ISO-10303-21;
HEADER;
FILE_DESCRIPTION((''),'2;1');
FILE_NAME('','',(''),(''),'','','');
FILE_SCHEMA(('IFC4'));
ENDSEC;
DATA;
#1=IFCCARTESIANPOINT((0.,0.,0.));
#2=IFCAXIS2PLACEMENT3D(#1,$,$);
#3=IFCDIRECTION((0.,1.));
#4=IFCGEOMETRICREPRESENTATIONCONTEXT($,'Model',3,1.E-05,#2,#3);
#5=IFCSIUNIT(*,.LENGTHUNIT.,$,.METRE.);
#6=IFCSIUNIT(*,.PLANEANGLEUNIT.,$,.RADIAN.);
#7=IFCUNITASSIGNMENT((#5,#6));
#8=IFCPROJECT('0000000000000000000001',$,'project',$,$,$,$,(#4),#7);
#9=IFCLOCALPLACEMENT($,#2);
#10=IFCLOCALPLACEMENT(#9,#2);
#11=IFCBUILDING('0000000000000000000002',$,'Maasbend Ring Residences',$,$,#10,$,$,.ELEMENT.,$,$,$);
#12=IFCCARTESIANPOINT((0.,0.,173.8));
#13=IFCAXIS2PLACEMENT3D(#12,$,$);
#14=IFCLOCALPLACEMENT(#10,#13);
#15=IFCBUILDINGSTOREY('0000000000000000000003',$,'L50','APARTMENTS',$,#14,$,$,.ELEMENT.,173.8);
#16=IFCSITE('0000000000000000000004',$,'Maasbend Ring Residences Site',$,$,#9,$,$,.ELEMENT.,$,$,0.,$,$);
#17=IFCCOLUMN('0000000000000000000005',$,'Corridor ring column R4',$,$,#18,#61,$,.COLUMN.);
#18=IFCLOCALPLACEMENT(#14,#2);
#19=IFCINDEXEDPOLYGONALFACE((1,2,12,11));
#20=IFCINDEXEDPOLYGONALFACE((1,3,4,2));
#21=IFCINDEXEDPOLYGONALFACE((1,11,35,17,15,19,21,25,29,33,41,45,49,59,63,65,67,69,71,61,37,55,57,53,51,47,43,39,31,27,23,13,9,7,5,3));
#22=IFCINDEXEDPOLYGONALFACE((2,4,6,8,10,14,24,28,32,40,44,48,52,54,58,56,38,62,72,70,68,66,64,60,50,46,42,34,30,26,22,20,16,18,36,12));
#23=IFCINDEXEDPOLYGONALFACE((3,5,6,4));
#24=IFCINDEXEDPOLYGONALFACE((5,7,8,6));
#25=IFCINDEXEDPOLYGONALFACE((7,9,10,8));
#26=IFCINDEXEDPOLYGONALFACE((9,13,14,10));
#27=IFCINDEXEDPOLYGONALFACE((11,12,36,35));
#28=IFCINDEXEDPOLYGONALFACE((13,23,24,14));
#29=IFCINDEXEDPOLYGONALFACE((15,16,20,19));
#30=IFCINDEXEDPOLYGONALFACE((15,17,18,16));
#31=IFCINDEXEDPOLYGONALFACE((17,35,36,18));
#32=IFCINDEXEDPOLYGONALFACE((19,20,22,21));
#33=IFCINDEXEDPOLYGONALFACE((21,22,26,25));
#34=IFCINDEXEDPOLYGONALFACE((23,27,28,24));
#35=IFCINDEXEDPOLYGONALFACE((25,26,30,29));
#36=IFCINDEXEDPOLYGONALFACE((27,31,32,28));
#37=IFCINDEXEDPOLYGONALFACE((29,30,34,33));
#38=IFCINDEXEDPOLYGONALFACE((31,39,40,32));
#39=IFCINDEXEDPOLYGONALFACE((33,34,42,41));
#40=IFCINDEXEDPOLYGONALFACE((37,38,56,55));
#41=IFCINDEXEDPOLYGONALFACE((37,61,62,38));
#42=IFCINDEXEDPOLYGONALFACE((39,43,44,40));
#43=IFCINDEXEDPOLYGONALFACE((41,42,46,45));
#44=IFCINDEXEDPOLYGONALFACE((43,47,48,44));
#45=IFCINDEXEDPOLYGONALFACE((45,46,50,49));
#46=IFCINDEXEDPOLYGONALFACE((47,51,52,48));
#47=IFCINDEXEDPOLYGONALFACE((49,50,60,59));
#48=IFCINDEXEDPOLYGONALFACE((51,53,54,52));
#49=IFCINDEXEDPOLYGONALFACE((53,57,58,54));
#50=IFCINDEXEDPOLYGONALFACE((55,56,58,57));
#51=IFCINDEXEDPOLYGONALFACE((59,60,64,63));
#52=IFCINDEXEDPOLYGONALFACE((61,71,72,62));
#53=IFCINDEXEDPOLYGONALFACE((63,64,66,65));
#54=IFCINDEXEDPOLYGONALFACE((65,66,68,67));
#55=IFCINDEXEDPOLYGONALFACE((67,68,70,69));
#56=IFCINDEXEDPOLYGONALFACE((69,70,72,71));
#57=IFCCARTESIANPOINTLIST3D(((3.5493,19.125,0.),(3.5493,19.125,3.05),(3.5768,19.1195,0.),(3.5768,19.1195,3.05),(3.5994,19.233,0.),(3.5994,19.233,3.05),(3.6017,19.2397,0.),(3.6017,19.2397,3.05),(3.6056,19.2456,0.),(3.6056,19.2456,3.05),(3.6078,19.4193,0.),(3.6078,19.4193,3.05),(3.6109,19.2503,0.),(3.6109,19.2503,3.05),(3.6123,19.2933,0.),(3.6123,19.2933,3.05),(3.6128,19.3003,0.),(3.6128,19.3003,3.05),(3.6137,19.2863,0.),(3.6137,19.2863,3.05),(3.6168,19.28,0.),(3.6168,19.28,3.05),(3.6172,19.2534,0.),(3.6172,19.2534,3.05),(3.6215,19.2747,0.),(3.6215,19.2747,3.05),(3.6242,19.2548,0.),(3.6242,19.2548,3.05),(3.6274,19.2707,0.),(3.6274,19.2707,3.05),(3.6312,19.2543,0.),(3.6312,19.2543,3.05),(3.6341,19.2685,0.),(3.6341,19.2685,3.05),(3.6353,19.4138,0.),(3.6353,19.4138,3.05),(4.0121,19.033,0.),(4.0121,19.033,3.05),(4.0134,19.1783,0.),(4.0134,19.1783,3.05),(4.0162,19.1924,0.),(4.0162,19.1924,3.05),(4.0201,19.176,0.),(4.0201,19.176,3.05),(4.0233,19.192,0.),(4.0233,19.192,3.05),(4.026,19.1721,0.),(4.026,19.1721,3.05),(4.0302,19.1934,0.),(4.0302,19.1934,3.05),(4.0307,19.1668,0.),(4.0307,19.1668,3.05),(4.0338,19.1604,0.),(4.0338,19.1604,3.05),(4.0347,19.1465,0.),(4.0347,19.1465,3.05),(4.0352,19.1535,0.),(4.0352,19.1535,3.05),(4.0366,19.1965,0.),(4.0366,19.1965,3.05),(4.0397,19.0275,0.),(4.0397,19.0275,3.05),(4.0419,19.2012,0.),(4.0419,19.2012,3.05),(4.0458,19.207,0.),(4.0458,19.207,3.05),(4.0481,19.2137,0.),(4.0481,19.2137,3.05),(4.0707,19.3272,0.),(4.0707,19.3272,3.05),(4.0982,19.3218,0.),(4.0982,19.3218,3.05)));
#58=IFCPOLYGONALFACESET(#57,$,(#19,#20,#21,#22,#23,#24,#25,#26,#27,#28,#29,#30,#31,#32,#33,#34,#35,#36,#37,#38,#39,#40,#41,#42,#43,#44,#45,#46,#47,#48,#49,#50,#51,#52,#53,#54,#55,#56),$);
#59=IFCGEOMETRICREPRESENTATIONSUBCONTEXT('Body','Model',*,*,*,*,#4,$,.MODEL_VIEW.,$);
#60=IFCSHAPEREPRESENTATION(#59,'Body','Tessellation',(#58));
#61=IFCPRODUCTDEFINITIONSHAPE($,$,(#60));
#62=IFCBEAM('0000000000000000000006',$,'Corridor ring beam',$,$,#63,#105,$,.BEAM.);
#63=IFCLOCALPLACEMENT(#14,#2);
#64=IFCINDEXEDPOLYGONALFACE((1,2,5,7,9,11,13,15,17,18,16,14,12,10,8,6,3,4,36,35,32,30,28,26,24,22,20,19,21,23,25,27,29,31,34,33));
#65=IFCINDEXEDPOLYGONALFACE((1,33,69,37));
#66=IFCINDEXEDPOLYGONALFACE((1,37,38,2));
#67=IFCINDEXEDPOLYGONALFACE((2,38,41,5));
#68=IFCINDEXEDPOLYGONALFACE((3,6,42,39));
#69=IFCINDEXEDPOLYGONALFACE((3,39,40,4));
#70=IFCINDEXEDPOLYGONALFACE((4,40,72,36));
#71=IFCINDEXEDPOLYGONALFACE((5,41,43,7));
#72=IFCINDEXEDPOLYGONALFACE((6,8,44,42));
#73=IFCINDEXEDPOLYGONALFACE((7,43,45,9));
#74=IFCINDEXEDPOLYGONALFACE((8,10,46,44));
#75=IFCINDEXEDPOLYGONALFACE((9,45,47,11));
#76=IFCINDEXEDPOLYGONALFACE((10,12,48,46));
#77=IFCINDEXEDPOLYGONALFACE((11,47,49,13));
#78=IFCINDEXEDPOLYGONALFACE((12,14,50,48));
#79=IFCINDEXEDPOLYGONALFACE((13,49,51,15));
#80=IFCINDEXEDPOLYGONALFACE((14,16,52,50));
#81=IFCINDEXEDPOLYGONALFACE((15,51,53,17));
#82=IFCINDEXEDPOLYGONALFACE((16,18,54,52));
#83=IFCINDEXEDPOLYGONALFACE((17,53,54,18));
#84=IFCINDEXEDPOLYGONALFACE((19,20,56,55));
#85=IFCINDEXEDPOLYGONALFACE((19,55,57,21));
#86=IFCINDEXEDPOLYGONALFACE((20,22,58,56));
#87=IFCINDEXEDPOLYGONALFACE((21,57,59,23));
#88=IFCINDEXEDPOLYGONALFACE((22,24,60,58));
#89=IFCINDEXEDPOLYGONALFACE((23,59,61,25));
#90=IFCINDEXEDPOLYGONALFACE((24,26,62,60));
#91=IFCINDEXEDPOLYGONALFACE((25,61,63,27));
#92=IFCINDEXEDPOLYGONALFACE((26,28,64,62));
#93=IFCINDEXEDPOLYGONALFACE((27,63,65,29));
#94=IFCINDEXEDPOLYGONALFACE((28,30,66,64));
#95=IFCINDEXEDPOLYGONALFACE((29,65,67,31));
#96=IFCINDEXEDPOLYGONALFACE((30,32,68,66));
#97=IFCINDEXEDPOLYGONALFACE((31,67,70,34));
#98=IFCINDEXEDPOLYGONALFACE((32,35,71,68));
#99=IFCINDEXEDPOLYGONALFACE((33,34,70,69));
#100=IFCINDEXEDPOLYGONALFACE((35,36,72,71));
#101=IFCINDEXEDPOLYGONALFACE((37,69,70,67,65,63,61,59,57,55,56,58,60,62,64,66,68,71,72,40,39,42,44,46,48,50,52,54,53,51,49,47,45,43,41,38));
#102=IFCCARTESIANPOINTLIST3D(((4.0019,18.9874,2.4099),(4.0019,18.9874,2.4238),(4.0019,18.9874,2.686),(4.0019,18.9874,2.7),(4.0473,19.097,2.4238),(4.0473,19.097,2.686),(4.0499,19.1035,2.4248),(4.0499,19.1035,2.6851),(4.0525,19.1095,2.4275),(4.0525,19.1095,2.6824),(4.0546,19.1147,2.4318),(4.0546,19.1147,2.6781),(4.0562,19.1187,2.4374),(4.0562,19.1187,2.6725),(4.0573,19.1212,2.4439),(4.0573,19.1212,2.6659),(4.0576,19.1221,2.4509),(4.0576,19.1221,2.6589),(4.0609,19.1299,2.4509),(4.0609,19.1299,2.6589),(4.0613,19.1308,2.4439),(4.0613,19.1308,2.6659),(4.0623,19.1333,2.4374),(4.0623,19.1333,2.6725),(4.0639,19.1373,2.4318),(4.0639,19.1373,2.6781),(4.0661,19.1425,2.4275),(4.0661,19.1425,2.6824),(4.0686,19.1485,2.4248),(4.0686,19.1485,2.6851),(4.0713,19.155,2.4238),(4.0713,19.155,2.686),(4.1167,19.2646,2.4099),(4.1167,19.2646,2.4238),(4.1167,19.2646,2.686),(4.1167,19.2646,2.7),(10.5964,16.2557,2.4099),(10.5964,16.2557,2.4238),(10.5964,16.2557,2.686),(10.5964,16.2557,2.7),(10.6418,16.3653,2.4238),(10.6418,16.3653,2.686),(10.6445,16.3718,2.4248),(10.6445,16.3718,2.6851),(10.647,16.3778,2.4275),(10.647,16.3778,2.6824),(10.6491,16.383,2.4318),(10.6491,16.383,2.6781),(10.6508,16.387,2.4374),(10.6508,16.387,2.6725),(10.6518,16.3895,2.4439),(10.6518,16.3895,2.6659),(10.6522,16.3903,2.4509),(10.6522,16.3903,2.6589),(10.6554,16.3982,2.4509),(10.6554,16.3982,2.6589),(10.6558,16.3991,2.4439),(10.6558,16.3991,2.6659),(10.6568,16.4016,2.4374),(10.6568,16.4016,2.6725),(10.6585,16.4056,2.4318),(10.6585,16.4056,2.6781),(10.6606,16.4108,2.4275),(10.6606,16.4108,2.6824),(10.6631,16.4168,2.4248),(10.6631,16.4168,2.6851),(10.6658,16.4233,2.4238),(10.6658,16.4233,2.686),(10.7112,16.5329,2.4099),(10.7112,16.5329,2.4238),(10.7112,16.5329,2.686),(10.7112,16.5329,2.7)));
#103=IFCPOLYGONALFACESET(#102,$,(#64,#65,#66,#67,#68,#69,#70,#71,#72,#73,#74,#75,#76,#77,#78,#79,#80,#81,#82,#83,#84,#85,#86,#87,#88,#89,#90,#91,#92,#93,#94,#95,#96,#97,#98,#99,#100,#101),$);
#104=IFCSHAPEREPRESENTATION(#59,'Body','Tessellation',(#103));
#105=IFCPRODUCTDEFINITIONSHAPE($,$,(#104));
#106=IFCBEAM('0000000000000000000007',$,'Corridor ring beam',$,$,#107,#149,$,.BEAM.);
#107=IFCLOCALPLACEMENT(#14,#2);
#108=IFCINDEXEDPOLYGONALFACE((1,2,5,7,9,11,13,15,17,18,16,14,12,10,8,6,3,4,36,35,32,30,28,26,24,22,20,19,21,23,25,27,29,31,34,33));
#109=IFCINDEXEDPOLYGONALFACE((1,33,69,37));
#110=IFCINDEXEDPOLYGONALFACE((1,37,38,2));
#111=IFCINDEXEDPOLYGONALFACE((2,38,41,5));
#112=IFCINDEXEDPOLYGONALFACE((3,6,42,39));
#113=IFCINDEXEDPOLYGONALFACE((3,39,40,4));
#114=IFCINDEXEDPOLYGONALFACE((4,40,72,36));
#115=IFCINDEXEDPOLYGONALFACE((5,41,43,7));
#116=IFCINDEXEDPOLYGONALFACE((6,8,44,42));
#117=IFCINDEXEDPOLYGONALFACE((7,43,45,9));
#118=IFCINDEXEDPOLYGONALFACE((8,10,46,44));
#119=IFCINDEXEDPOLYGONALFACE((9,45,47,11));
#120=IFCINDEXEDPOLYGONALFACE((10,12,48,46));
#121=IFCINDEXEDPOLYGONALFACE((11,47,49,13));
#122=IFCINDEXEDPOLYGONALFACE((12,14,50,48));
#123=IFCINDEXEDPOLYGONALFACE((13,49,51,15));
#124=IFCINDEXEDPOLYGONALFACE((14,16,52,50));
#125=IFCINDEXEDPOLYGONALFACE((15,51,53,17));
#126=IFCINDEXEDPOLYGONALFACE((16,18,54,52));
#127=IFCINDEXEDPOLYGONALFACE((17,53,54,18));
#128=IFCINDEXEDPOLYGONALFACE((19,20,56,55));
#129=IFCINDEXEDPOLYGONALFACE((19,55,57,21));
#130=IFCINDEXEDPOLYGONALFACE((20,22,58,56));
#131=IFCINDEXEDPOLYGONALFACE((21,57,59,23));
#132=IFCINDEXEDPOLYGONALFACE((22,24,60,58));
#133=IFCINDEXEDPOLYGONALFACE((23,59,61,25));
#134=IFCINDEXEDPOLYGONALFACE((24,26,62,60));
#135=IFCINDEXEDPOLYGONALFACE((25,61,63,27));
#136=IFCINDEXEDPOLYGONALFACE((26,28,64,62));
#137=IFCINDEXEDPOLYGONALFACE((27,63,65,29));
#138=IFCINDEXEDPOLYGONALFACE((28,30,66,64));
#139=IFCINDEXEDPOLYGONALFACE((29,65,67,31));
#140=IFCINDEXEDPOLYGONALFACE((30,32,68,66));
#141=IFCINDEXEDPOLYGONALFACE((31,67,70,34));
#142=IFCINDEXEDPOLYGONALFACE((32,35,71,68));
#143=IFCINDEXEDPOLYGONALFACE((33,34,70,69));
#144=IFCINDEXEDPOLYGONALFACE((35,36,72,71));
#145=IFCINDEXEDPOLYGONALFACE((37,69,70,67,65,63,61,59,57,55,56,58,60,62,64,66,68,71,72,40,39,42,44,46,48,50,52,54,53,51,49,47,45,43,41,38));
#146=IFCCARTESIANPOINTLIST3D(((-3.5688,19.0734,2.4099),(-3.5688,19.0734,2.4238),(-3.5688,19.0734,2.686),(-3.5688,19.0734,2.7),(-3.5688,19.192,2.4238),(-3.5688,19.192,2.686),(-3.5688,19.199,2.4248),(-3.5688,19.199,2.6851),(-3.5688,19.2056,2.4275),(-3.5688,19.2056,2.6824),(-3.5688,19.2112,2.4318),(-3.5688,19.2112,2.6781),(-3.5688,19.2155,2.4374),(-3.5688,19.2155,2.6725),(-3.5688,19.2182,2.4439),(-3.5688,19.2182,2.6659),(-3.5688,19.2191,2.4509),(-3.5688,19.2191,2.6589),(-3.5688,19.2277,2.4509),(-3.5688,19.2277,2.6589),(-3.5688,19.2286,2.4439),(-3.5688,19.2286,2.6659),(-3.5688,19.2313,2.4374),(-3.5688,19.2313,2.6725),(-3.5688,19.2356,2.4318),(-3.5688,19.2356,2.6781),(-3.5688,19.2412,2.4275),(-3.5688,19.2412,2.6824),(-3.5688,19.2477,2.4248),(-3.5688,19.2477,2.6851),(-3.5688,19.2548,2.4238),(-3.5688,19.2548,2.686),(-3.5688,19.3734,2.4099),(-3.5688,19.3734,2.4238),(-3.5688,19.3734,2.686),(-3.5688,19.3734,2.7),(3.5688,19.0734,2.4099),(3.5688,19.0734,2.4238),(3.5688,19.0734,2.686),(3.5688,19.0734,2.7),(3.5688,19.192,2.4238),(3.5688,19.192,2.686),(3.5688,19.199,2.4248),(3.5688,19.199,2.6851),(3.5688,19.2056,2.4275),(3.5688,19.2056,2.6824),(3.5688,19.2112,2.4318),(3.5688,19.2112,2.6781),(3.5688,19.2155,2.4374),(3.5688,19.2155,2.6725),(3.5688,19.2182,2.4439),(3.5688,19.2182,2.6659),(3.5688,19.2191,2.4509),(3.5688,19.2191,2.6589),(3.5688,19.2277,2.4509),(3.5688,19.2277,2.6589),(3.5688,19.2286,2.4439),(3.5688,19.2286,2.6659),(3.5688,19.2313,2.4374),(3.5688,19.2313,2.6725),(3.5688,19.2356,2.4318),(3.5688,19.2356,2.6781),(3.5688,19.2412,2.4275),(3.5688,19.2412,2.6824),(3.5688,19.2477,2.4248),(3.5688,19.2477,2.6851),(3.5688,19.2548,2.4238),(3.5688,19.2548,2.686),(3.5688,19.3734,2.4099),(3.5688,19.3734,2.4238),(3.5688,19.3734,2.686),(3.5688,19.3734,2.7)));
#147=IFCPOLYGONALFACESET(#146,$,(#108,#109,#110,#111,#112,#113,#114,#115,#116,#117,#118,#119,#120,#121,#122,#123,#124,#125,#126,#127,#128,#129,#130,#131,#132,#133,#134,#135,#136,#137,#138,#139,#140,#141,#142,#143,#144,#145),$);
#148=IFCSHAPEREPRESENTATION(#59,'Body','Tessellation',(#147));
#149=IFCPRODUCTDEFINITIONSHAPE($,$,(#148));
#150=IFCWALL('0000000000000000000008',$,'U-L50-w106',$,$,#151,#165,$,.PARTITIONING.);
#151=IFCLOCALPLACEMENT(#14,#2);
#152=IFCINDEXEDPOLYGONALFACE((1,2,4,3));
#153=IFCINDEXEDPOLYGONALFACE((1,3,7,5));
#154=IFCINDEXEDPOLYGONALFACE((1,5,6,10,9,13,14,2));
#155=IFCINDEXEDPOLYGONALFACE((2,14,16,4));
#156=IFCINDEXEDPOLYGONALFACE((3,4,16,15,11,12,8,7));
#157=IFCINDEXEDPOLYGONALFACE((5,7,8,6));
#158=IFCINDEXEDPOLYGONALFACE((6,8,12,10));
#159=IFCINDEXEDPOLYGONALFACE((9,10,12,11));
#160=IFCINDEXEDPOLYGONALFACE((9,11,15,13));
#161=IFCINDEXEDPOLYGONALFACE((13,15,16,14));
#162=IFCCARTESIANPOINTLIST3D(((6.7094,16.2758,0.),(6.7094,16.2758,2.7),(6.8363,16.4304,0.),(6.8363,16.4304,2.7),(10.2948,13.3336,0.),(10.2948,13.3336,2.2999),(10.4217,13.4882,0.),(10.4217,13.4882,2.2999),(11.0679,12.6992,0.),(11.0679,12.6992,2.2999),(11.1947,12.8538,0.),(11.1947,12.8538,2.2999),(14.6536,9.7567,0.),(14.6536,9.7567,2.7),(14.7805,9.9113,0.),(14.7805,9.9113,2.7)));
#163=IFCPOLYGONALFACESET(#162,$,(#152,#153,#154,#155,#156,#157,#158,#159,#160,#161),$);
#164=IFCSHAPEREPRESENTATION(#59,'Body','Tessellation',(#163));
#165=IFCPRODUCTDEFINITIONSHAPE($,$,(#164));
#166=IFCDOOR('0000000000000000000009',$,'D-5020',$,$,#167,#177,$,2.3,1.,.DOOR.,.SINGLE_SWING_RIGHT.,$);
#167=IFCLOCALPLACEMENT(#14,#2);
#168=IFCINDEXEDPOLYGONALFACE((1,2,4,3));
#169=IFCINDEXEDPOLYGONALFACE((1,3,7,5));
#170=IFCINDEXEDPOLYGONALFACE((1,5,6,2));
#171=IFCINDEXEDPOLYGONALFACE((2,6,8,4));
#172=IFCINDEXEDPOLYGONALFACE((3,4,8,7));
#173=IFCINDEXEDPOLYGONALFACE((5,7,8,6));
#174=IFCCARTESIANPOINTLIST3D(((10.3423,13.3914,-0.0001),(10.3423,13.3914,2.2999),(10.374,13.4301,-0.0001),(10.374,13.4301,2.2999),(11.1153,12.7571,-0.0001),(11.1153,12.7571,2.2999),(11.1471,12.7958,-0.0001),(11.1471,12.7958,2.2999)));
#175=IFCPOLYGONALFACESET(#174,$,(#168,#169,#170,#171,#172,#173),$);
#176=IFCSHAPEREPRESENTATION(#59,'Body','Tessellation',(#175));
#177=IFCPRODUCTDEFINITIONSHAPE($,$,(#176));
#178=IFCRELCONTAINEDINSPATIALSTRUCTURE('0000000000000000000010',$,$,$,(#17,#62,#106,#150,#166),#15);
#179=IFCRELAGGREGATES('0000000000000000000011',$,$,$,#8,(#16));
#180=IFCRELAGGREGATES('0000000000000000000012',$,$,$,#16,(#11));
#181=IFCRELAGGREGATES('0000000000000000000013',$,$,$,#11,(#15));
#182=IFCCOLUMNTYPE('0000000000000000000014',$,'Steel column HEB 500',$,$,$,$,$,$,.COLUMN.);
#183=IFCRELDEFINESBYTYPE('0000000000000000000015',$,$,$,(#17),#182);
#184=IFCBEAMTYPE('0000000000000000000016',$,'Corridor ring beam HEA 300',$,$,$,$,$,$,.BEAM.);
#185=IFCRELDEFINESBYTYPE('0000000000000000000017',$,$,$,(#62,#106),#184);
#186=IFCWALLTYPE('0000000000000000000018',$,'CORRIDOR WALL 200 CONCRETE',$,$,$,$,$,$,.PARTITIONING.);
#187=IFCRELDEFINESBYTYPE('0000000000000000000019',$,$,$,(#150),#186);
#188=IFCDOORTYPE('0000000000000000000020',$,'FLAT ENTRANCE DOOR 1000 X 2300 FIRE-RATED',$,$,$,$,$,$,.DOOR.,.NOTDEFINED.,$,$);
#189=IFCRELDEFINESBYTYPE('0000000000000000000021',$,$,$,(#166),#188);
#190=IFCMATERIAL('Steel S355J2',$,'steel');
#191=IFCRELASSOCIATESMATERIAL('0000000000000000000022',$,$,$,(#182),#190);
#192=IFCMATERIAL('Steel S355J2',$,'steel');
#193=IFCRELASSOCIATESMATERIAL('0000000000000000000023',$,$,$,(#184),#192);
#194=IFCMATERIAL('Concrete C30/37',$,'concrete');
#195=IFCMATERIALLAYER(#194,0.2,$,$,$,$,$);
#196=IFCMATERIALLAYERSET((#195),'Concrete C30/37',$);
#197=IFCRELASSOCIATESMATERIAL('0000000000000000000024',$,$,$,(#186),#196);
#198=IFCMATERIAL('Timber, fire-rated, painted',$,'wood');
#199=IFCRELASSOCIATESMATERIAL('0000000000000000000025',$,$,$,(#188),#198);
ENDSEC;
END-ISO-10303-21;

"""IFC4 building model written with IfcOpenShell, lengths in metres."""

from ifc_helpers import new_model, si_unit, direction, frame, frame_2d, origin, origin_2d, place, context, subcontext, project, spatial, rectangle, i_section, extrude, material, layer, layer_set, material_profile, profile_set, type_object, element, fill, save


model = new_model("IFC4")

# Units and contexts
model_context = context("Model", 3, precision=1e-05, world=origin(), true_north=direction((0.0, 1.0)))
body_context = subcontext(model_context, "Body", "Model", "MODEL_VIEW")
ifc_project = project(units=[si_unit("LENGTHUNIT", "METRE"), si_unit("PLANEANGLEUNIT", "RADIAN")], contexts=[model_context])

# Site, building, storey
site_placement = place(None, origin())
site = spatial("IfcSite", under=ifc_project, at=site_placement, Name="Maasbend Ring Residences Site", CompositionType="ELEMENT", RefElevation=0.0)
building_placement = place(site_placement, origin())
building = spatial("IfcBuilding", under=site, at=building_placement, Name="Maasbend Ring Residences", CompositionType="ELEMENT")
storey_placement = place(building_placement, frame((0.0, 0.0, 173.8)))
storey = spatial("IfcBuildingStorey", under=building, at=storey_placement, Name="L50", Description="APARTMENTS", CompositionType="ELEMENT", Elevation=173.8)

# Column
ifc_material_1 = material(Name="Steel S355J2", Category="steel")
ifc_material_profile_1 = material_profile(ifc_material_1, i_section(OverallWidth=0.3, OverallDepth=0.5, WebThickness=0.0144, FlangeThickness=0.0281, FilletRadius=0.0271, at=origin_2d()), Name="HEB 500")
ifc_profile_set_1 = profile_set([ifc_material_profile_1], Name="Steel S355J2")
column_type = type_object("IfcColumnType", Name="Steel column HEB 500", PredefinedType="COLUMN", material=ifc_profile_set_1)
column_placement = place(storey_placement, frame((3.8237, 19.2234, 0.0), z_axis=(0.0, 0.0, 1.0), x_axis=(0.19509, 0.980785, 0.0)))
element("IfcColumn", 1, at=column_placement, inside=storey, type_object=column_type, Name="Corridor ring column R4", PredefinedType="COLUMN", context=body_context, shape_type="SweptSolid", body=[
    extrude(i_section(OverallWidth=0.3, OverallDepth=0.5, WebThickness=0.0144, FlangeThickness=0.0281, FilletRadius=0.0271, at=origin_2d()), origin(), (0.0, 0.0, 1.0), 3.05),
])

# Beams
ifc_material_2 = material(Name="Steel S355J2", Category="steel")
ifc_material_profile_2 = material_profile(ifc_material_2, i_section(OverallWidth=0.3, OverallDepth=0.29, WebThickness=0.0085, FlangeThickness=0.0139, FilletRadius=0.0271, at=origin_2d()), Name="HEA 300")
ifc_profile_set_2 = profile_set([ifc_material_profile_2], Name="Steel S355J2")
beam_type = type_object("IfcBeamType", Name="Corridor ring beam HEA 300", PredefinedType="BEAM", material=ifc_profile_set_2)
beam_1_placement = place(storey_placement, frame((10.6538, 16.3943, 2.5549), z_axis=(-0.923871, 0.382703, 0.0), x_axis=(-0.382703, -0.923871, 0.0)))
element("IfcBeam", 2, at=beam_1_placement, inside=storey, type_object=beam_type, Name="Corridor ring beam", PredefinedType="BEAM", context=body_context, shape_type="SweptSolid", body=[
    extrude(i_section(OverallWidth=0.3, OverallDepth=0.29, WebThickness=0.0085, FlangeThickness=0.0139, FilletRadius=0.0271, at=origin_2d()), origin(), (0.0, 0.0, 1.0), 7.1379),
])
beam_2_placement = place(storey_placement, frame((3.5688, 19.2234, 2.5549), z_axis=(-1.0, 0.0, 0.0), x_axis=(0.0, -1.0, 0.0)))
element("IfcBeam", 3, at=beam_2_placement, inside=storey, type_object=beam_type, Name="Corridor ring beam", PredefinedType="BEAM", context=body_context, shape_type="SweptSolid", body=[
    extrude(i_section(OverallWidth=0.3, OverallDepth=0.29, WebThickness=0.0085, FlangeThickness=0.0139, FilletRadius=0.0271, at=origin_2d()), origin(), (0.0, 0.0, 1.0), 7.1377),
])

# Wall, opening, door
ifc_material_3 = material(Name="Concrete C30/37", Category="concrete")
ifc_layer_1 = layer(ifc_material_3, 0.2)
ifc_layer_set_1 = layer_set([ifc_layer_1], Name="Concrete C30/37")
wall_type_1 = type_object("IfcWallType", Name="CORRIDOR WALL 200 CONCRETE", PredefinedType="PARTITIONING", material=ifc_layer_set_1)
wall_1_placement = place(storey_placement, frame((6.7729, 16.353, 0.0), z_axis=(0.0, 0.0, 1.0), x_axis=(0.773035, -0.634364, 0.0)))
wall_1 = element("IfcWall", 4, at=wall_1_placement, inside=storey, type_object=wall_type_1, Name="U-L50-w106", PredefinedType="PARTITIONING", context=body_context, shape_type="SweptSolid", body=[
    extrude(rectangle(XDim=10.2766, YDim=0.2, at=frame_2d((5.1382, 0.0))), origin(), (0.0, 0.0, 1.0), 2.7),
])
opening_1_placement = place(wall_1_placement, frame((4.6379, 0.0, 0.0)))
opening_1 = element("IfcOpeningElement", 5, at=opening_1_placement, cuts=wall_1, PredefinedType="OPENING", context=body_context, shape_type="SweptSolid", body=[
    extrude(rectangle(XDim=1.0, YDim=2.3, at=frame_2d((0.5, 1.1499))), frame((0.0, 0.1099, 0.0), z_axis=(0.0, -1.0, 0.0), x_axis=(1.0, 0.0, 0.0)), (0.0, 0.0, 1.0), 0.22),
])
ifc_material_4 = material(Name="Timber, fire-rated, painted", Category="wood")
door_type_1 = type_object("IfcDoorType", Name="FLAT ENTRANCE DOOR 1000 X 2300 FIRE-RATED", OperationType="NOTDEFINED", PredefinedType="DOOR", material=ifc_material_4)
door_1_placement = place(opening_1_placement, origin())
door_1 = element("IfcDoor", 6, at=door_1_placement, inside=storey, type_object=door_type_1, Name="D-5020", OperationType="SINGLE_SWING_RIGHT", OverallHeight=2.3, OverallWidth=1.0, PredefinedType="DOOR", context=body_context, shape_type="SweptSolid", body=[
    extrude(rectangle(XDim=1.0, YDim=2.3, at=frame_2d((0.5, 1.1499))), frame((0.0, 0.0249, 0.0), z_axis=(0.0, -1.0, 0.0), x_axis=(1.0, 0.0, 0.0)), (0.0, 0.0, 1.0), 0.05),
])
fill(opening_1, door_1)

save(model, "model.ifc")
